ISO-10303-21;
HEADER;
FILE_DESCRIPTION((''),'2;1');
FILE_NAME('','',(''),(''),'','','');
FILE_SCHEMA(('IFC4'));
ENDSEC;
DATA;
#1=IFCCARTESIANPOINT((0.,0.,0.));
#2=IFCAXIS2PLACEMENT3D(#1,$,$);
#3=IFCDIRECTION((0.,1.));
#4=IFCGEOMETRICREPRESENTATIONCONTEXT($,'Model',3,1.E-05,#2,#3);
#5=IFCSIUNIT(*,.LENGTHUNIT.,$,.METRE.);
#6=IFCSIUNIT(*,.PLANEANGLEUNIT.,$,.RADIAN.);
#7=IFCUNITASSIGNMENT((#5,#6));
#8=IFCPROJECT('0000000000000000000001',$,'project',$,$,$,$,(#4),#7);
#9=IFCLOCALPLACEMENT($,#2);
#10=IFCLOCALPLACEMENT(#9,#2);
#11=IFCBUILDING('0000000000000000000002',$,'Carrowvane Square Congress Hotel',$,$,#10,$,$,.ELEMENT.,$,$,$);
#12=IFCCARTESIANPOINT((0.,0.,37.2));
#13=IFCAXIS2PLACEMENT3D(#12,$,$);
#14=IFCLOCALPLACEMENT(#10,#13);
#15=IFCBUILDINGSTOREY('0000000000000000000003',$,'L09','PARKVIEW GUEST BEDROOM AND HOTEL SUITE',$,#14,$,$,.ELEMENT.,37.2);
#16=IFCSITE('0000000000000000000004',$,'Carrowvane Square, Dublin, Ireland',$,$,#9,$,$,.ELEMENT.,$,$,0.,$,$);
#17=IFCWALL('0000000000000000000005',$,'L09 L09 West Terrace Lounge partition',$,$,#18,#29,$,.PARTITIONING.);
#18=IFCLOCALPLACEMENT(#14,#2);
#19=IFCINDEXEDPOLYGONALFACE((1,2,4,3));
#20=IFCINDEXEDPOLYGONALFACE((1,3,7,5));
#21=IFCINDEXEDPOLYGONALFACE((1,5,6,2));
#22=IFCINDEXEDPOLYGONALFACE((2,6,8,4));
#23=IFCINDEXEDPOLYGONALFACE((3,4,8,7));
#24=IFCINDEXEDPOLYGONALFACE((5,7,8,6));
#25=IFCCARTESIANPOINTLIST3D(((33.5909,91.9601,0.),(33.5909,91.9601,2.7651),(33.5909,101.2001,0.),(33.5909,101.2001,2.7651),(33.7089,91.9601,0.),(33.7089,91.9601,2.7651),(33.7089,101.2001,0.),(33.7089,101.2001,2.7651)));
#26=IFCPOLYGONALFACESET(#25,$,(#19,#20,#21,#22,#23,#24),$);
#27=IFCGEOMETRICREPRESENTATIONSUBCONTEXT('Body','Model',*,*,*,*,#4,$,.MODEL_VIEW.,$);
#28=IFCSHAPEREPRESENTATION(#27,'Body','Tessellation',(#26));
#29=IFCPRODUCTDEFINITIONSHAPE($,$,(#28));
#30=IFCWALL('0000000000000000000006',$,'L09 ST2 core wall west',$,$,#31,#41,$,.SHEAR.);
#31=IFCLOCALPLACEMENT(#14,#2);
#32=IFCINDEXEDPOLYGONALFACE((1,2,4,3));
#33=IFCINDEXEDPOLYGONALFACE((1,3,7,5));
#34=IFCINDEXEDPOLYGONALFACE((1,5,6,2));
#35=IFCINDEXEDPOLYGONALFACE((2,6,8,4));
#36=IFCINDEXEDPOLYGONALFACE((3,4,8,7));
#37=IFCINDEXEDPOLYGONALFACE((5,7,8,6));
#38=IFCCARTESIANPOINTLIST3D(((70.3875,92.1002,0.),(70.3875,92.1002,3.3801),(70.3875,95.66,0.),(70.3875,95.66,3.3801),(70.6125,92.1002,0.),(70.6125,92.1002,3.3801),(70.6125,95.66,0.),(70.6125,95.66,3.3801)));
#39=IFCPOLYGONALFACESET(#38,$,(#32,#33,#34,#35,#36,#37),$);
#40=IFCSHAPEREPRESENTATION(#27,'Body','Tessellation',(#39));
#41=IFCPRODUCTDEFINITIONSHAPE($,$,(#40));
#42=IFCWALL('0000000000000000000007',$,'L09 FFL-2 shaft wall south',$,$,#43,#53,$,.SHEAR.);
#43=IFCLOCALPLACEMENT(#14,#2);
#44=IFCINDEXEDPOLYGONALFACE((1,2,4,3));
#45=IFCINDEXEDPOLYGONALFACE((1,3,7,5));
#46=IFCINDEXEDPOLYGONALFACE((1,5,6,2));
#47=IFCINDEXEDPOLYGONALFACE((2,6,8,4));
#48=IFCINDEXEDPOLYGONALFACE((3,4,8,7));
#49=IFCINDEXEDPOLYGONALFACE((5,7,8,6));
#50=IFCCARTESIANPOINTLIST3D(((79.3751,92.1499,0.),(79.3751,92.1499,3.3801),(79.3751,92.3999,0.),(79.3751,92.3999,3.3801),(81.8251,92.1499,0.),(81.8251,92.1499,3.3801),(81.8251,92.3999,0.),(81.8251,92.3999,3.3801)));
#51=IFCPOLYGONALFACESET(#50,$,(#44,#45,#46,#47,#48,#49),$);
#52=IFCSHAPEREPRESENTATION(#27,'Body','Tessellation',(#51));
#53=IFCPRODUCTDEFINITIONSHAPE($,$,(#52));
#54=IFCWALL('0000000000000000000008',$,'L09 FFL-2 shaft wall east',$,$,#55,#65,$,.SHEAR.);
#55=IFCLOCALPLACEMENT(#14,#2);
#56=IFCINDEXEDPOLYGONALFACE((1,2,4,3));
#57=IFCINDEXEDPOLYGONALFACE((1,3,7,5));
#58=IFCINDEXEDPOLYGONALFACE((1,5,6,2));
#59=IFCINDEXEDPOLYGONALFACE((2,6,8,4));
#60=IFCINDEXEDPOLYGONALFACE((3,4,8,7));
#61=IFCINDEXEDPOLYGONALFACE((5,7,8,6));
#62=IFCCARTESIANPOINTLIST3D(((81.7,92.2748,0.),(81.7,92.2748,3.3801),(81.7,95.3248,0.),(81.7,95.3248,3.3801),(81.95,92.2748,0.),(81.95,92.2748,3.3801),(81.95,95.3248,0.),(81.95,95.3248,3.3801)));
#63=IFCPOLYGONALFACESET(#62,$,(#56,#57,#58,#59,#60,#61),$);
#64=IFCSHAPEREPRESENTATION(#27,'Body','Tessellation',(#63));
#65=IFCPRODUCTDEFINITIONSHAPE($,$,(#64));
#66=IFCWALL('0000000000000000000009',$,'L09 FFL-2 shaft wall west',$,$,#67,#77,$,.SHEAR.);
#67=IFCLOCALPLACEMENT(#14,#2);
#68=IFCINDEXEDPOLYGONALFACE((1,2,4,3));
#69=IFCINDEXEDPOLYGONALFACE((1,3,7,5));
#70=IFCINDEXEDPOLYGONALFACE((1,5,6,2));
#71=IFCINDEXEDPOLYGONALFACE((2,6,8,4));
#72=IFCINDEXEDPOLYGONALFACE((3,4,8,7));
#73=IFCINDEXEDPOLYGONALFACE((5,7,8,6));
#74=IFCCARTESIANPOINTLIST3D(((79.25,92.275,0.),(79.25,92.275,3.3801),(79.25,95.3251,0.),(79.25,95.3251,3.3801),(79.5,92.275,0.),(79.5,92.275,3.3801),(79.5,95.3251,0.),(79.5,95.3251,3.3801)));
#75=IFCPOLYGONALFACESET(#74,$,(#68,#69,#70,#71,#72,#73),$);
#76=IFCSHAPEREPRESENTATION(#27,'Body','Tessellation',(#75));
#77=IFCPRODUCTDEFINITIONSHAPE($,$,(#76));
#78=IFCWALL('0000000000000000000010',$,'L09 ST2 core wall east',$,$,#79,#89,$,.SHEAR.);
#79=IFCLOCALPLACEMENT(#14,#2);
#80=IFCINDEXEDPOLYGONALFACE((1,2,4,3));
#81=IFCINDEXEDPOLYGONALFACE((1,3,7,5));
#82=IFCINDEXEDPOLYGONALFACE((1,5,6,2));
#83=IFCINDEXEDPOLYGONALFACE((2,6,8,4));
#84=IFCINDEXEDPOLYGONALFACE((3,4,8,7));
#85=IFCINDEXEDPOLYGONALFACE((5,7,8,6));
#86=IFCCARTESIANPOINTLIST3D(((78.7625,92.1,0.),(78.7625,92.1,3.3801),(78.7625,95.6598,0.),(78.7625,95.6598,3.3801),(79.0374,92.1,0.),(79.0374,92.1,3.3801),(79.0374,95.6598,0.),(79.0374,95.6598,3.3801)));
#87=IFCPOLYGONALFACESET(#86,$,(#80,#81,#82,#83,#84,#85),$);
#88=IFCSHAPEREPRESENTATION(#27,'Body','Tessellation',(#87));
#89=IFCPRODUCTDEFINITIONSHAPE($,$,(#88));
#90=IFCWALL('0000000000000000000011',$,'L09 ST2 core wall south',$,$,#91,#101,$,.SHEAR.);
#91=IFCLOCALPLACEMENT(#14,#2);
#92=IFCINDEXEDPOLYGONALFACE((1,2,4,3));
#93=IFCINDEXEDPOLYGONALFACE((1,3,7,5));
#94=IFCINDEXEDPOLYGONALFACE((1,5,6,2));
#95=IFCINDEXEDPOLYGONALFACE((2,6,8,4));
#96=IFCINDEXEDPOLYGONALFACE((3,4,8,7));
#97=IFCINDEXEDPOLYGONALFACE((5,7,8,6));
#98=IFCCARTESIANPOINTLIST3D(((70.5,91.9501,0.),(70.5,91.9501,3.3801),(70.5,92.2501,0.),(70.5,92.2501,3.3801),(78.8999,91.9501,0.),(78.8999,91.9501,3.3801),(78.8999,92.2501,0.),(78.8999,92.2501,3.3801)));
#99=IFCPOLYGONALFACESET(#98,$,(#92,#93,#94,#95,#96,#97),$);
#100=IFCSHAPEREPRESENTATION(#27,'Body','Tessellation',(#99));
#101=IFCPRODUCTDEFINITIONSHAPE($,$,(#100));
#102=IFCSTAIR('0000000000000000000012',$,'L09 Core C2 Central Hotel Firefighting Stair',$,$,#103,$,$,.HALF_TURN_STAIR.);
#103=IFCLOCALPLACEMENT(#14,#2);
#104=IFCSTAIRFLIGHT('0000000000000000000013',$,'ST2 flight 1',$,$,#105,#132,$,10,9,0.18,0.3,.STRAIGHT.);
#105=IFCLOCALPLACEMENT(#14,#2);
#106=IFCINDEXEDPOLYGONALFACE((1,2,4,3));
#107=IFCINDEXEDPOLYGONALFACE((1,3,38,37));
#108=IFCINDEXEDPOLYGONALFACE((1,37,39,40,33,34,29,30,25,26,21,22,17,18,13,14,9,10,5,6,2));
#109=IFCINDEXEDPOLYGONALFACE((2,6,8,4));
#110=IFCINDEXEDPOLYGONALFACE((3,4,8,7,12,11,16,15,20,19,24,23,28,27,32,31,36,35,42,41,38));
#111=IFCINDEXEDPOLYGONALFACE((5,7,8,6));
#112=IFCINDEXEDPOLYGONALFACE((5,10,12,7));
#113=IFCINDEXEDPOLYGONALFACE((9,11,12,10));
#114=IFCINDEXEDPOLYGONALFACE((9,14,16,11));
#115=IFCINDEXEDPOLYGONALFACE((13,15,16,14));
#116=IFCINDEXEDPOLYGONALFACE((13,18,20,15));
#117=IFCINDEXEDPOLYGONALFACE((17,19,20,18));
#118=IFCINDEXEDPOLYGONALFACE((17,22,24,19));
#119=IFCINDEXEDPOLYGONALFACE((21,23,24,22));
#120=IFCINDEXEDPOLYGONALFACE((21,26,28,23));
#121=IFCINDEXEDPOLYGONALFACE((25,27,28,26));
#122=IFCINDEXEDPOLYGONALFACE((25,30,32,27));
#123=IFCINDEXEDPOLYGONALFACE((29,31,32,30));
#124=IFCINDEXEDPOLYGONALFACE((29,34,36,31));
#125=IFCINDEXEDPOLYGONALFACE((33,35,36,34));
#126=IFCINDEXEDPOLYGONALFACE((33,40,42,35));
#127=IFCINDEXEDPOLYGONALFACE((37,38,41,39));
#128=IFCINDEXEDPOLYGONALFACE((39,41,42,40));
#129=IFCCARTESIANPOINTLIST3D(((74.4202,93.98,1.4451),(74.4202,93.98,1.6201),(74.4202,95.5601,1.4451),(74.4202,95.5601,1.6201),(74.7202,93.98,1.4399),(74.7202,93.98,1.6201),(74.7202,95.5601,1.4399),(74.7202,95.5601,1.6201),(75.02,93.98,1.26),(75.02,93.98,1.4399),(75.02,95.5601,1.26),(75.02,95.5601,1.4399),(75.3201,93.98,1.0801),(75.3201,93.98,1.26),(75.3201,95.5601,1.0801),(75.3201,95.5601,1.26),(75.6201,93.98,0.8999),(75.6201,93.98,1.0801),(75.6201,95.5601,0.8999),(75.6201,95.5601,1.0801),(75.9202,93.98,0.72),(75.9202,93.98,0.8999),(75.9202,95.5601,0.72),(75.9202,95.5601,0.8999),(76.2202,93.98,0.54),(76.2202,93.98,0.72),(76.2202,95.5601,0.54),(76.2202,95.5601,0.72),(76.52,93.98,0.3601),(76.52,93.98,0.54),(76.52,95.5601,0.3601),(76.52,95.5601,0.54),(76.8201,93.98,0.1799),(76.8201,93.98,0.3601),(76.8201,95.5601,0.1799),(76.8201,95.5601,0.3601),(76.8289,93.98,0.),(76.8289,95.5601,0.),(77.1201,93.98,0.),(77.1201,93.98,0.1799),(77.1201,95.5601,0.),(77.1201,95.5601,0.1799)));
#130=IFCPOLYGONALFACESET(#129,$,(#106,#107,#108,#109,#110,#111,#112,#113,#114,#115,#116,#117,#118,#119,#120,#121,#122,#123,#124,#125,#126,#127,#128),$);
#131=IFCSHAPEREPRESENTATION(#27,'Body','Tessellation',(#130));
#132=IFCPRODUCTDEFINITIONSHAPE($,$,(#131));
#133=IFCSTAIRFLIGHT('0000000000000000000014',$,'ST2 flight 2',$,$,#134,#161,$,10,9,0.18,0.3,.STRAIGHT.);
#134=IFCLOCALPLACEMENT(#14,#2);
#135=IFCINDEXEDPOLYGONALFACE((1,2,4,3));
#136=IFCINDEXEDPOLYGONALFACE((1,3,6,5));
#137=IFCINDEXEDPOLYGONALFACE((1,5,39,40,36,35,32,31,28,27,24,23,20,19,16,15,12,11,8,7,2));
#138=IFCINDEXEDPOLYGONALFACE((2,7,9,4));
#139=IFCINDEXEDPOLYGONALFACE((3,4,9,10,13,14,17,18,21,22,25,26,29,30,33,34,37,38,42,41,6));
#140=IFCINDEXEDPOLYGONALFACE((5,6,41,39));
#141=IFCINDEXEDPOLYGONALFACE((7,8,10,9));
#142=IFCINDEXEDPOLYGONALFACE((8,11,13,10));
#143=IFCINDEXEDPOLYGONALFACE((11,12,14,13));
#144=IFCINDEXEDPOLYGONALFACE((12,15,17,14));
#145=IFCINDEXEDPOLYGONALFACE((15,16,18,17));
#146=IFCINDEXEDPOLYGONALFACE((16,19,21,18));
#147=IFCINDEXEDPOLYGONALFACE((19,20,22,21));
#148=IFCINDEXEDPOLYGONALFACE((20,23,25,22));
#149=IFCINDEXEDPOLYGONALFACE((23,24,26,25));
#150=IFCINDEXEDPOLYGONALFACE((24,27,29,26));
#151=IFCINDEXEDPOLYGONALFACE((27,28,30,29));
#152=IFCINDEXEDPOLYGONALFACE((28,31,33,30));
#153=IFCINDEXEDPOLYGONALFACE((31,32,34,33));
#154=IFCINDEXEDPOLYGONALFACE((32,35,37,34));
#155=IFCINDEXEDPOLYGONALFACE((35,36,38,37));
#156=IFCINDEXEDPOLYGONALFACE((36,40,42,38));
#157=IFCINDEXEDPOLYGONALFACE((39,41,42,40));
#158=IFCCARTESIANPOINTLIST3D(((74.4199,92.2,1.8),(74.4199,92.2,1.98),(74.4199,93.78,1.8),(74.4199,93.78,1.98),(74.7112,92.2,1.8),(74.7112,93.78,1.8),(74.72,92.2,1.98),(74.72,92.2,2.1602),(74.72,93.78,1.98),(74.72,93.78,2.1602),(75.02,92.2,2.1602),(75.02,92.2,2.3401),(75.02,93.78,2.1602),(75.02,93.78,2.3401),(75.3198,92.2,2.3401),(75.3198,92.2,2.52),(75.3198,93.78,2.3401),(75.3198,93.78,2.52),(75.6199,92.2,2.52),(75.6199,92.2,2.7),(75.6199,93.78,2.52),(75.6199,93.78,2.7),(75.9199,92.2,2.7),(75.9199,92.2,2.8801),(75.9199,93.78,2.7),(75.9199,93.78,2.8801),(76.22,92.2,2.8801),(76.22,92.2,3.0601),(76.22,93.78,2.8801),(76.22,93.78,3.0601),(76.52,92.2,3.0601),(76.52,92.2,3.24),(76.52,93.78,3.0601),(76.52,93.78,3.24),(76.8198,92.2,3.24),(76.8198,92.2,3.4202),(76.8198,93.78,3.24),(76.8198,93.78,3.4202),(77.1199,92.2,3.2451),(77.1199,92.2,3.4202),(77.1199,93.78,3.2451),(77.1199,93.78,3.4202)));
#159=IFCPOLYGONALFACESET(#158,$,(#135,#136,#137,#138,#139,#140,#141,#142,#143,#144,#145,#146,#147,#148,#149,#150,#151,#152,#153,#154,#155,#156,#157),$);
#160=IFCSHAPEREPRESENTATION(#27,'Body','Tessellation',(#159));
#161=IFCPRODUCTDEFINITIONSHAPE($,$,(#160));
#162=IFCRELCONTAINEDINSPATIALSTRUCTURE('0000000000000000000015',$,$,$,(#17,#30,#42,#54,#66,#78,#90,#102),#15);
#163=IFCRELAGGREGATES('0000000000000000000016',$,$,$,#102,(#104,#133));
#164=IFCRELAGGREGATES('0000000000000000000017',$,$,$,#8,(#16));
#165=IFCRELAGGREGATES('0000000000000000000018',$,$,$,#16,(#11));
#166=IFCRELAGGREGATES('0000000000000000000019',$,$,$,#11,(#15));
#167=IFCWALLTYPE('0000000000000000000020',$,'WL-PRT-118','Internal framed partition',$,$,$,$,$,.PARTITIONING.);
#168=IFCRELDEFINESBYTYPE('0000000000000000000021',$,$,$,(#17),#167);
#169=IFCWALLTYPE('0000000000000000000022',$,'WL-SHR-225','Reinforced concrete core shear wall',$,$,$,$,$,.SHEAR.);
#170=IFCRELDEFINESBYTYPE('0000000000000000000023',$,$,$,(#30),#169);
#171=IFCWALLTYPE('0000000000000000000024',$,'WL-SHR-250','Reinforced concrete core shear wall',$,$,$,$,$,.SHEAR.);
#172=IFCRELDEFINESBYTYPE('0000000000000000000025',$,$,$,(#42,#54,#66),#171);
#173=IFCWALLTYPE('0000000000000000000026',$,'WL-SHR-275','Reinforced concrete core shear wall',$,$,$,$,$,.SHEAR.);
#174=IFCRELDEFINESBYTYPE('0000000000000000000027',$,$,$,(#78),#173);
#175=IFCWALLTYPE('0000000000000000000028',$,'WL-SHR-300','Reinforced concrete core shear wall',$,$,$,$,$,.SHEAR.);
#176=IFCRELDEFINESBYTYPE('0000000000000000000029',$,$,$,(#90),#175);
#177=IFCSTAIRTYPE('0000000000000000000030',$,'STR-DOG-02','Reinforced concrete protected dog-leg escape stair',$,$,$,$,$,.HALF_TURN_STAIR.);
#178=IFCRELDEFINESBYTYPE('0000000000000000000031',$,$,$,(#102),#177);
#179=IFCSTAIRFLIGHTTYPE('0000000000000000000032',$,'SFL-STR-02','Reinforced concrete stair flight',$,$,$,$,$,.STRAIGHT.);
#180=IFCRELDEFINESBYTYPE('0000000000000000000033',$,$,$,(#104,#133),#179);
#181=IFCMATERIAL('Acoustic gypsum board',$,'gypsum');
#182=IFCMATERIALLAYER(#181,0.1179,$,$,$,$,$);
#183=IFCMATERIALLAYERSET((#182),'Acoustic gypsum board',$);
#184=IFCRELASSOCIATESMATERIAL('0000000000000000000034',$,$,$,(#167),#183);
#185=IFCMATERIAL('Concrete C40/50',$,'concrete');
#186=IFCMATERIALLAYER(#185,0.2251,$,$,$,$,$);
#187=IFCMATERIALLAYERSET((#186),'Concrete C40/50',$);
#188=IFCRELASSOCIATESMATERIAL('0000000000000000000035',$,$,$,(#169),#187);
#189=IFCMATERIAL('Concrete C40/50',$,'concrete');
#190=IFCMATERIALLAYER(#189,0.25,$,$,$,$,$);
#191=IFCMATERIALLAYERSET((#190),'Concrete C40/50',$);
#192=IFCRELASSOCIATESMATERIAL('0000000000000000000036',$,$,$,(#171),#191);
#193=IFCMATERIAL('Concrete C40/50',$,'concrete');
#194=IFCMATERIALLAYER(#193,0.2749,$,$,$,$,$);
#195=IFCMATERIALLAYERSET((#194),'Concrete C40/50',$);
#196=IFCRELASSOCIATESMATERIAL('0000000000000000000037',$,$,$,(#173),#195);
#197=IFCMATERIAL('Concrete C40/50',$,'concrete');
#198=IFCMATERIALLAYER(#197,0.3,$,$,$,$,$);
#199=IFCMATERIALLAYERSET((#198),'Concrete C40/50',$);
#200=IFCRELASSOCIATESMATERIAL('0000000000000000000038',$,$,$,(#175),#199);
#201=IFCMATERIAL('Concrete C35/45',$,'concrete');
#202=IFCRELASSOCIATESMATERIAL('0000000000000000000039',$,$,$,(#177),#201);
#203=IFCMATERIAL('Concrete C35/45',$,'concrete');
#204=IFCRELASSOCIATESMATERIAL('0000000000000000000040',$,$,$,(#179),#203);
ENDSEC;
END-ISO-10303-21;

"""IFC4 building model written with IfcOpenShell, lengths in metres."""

from ifc_helpers import new_model, si_unit, direction, frame, frame_2d, origin, place, context, subcontext, project, spatial, polyline, rectangle, outline, extrude, material, layer, layer_set, type_object, element, aggregate, save


model = new_model("IFC4")

# Units and contexts
model_context = context("Model", 3, precision=1e-05, world=origin(), true_north=direction((0.0, 1.0)))
body_context = subcontext(model_context, "Body", "Model", "MODEL_VIEW")
ifc_project = project(units=[si_unit("LENGTHUNIT", "METRE"), si_unit("PLANEANGLEUNIT", "RADIAN")], contexts=[model_context])

# Site, building, storey
site_placement = place(None, origin())
site = spatial("IfcSite", under=ifc_project, at=site_placement, Name="Carrowvane Square, Dublin, Ireland", CompositionType="ELEMENT", RefElevation=0.0)
building_placement = place(site_placement, origin())
building = spatial("IfcBuilding", under=site, at=building_placement, Name="Carrowvane Square Congress Hotel", CompositionType="ELEMENT")
storey_placement = place(building_placement, frame((0.0, 0.0, 37.2)))
storey = spatial("IfcBuildingStorey", under=building, at=storey_placement, Name="L09", Description="PARKVIEW GUEST BEDROOM AND HOTEL SUITE", CompositionType="ELEMENT", Elevation=37.2)

# Walls
ifc_material_1 = material(Name="Acoustic gypsum board", Category="gypsum")
ifc_layer_1 = layer(ifc_material_1, 0.1179)
ifc_layer_set_1 = layer_set([ifc_layer_1], Name="Acoustic gypsum board")
wall_type_1 = type_object("IfcWallType", Name="WL-PRT-118", Description="Internal framed partition", PredefinedType="PARTITIONING", material=ifc_layer_set_1)
wall_1_placement = place(storey_placement, frame((33.6499, 91.96, 0.0), z_axis=(0.0, 0.0, 1.0), x_axis=(0.0, 1.0, 0.0)))
element("IfcWall", 1, at=wall_1_placement, inside=storey, type_object=wall_type_1, Name="L09 L09 West Terrace Lounge partition", PredefinedType="PARTITIONING", context=body_context, shape_type="SweptSolid", body=[
    extrude(rectangle(XDim=9.24, YDim=0.1179, at=frame_2d((4.6201, 0.0))), origin(), (0.0, 0.0, 1.0), 2.7651),
])
ifc_material_2 = material(Name="Concrete C40/50", Category="concrete")
ifc_layer_2 = layer(ifc_material_2, 0.2251)
ifc_layer_set_2 = layer_set([ifc_layer_2], Name="Concrete C40/50")
wall_type_2 = type_object("IfcWallType", Name="WL-SHR-225", Description="Reinforced concrete core shear wall", PredefinedType="SHEAR", material=ifc_layer_set_2)
wall_2_placement = place(storey_placement, frame((70.5, 95.6599, 0.0), z_axis=(0.0, 0.0, 1.0), x_axis=(0.0, -1.0, 0.0)))
element("IfcWall", 2, at=wall_2_placement, inside=storey, type_object=wall_type_2, Name="L09 ST2 core wall west", PredefinedType="SHEAR", context=body_context, shape_type="SweptSolid", body=[
    extrude(rectangle(XDim=3.5598, YDim=0.2251, at=frame_2d((1.7798, 0.0))), origin(), (0.0, 0.0, 1.0), 3.3801),
])
ifc_material_3 = material(Name="Concrete C40/50", Category="concrete")
ifc_layer_3 = layer(ifc_material_3, 0.25)
ifc_layer_set_3 = layer_set([ifc_layer_3], Name="Concrete C40/50")
wall_type_3 = type_object("IfcWallType", Name="WL-SHR-250", Description="Reinforced concrete core shear wall", PredefinedType="SHEAR", material=ifc_layer_set_3)
wall_3_placement = place(storey_placement, frame((79.375, 92.2749, 0.0), z_axis=(0.0, 0.0, 1.0), x_axis=(1.0, 0.0, 0.0)))
element("IfcWall", 3, at=wall_3_placement, inside=storey, type_object=wall_type_3, Name="L09 FFL-2 shaft wall south", PredefinedType="SHEAR", context=body_context, shape_type="SweptSolid", body=[
    extrude(rectangle(XDim=2.45, YDim=0.25, at=frame_2d((1.2251, 0.0))), origin(), (0.0, 0.0, 1.0), 3.3801),
])
wall_4_placement = place(storey_placement, frame((81.825, 92.2749, 0.0), z_axis=(0.0, 0.0, 1.0), x_axis=(0.0, 1.0, 0.0)))
element("IfcWall", 4, at=wall_4_placement, inside=storey, type_object=wall_type_3, Name="L09 FFL-2 shaft wall east", PredefinedType="SHEAR", context=body_context, shape_type="SweptSolid", body=[
    extrude(rectangle(XDim=3.05, YDim=0.25, at=frame_2d((1.5249, 0.0))), origin(), (0.0, 0.0, 1.0), 3.3801),
])

# Walls
wall_5_placement = place(storey_placement, frame((79.375, 95.325, 0.0), z_axis=(0.0, 0.0, 1.0), x_axis=(0.0, -1.0, 0.0)))
element("IfcWall", 5, at=wall_5_placement, inside=storey, type_object=wall_type_3, Name="L09 FFL-2 shaft wall west", PredefinedType="SHEAR", context=body_context, shape_type="SweptSolid", body=[
    extrude(rectangle(XDim=3.05, YDim=0.25, at=frame_2d((1.5249, 0.0))), origin(), (0.0, 0.0, 1.0), 3.3801),
])
ifc_material_4 = material(Name="Concrete C40/50", Category="concrete")
ifc_layer_4 = layer(ifc_material_4, 0.2749)
ifc_layer_set_4 = layer_set([ifc_layer_4], Name="Concrete C40/50")
wall_type_4 = type_object("IfcWallType", Name="WL-SHR-275", Description="Reinforced concrete core shear wall", PredefinedType="SHEAR", material=ifc_layer_set_4)
wall_6_placement = place(storey_placement, frame((78.8999, 92.1001, 0.0), z_axis=(0.0, 0.0, 1.0), x_axis=(0.0, 1.0, 0.0)))
element("IfcWall", 6, at=wall_6_placement, inside=storey, type_object=wall_type_4, Name="L09 ST2 core wall east", PredefinedType="SHEAR", context=body_context, shape_type="SweptSolid", body=[
    extrude(rectangle(XDim=3.5598, YDim=0.2749, at=frame_2d((1.7798, 0.0))), origin(), (0.0, 0.0, 1.0), 3.3801),
])
ifc_material_5 = material(Name="Concrete C40/50", Category="concrete")
ifc_layer_5 = layer(ifc_material_5, 0.3)
ifc_layer_set_5 = layer_set([ifc_layer_5], Name="Concrete C40/50")
wall_type_5 = type_object("IfcWallType", Name="WL-SHR-300", Description="Reinforced concrete core shear wall", PredefinedType="SHEAR", material=ifc_layer_set_5)
wall_7_placement = place(storey_placement, frame((70.5, 92.1001, 0.0), z_axis=(0.0, 0.0, 1.0), x_axis=(1.0, 0.0, 0.0)))
element("IfcWall", 7, at=wall_7_placement, inside=storey, type_object=wall_type_5, Name="L09 ST2 core wall south", PredefinedType="SHEAR", context=body_context, shape_type="SweptSolid", body=[
    extrude(rectangle(XDim=8.3999, YDim=0.3, at=frame_2d((4.2, 0.0))), origin(), (0.0, 0.0, 1.0), 3.3801),
])

# Stair, stair flights
ifc_material_6 = material(Name="Concrete C35/45", Category="concrete")
stair_type = type_object("IfcStairType", Name="STR-DOG-02", Description="Reinforced concrete protected dog-leg escape stair", PredefinedType="HALF_TURN_STAIR", material=ifc_material_6)
stair_placement = place(storey_placement, origin())
stair = element("IfcStair", 8, at=stair_placement, inside=storey, type_object=stair_type, Name="L09 Core C2 Central Hotel Firefighting Stair", PredefinedType="HALF_TURN_STAIR")
ifc_material_7 = material(Name="Concrete C35/45", Category="concrete")
stair_flight_type = type_object("IfcStairFlightType", Name="SFL-STR-02", Description="Reinforced concrete stair flight", PredefinedType="STRAIGHT", material=ifc_material_7)
stair_flight_1_placement = place(storey_placement, frame((77.1201, 94.77, 0.0), z_axis=(0.0, 0.0, 1.0), x_axis=(-1.0, 0.0, 0.0)))
stair_flight_1 = element("IfcStairFlight", 9, at=stair_flight_1_placement, type_object=stair_flight_type, Name="ST2 flight 1", NumberOfRisers=10, NumberOfTreads=9, PredefinedType="STRAIGHT", RiserHeight=0.18, TreadLength=0.3, context=body_context, shape_type="SweptSolid", body=[
    extrude(outline(polyline([(0.0, 0.0), (0.0, 0.1799), (0.3, 0.1799), (0.3, 0.3601), (0.6001, 0.3601), (0.6001, 0.54), (0.8999, 0.54), (0.8999, 0.72), (1.2, 0.72), (1.2, 0.8999), (1.5, 0.8999), (1.5, 1.0801), (1.8, 1.0801), (1.8, 1.26), (2.1001, 1.26), (2.1001, 1.4399), (2.3999, 1.4399), (2.3999, 1.6201), (2.7, 1.6201), (2.7, 1.8), (2.7, 1.4451), (0.2913, 0.0), (0.0, 0.0)])), frame((0.0, 0.79, 0.0), z_axis=(0.0, -1.0, 0.0), x_axis=(1.0, 0.0, 0.0)), (0.0, 0.0, 1.0), 1.5801),
])
stair_flight_2_placement = place(storey_placement, frame((74.4199, 92.99, 1.8), z_axis=(0.0, 0.0, 1.0), x_axis=(1.0, 0.0, 0.0)))
stair_flight_2 = element("IfcStairFlight", 10, at=stair_flight_2_placement, type_object=stair_flight_type, Name="ST2 flight 2", NumberOfRisers=10, NumberOfTreads=9, PredefinedType="STRAIGHT", RiserHeight=0.18, TreadLength=0.3, context=body_context, shape_type="SweptSolid", body=[
    extrude(outline(polyline([(0.0, 0.0), (0.0, 0.1799), (0.3, 0.1799), (0.3, 0.3601), (0.6001, 0.3601), (0.6001, 0.54), (0.8999, 0.54), (0.8999, 0.72), (1.2, 0.72), (1.2, 0.8999), (1.5, 0.8999), (1.5, 1.0801), (1.8, 1.0801), (1.8, 1.26), (2.1001, 1.26), (2.1001, 1.4399), (2.3999, 1.4399), (2.3999, 1.6201), (2.7, 1.6201), (2.7, 1.8), (2.7, 1.4451), (0.2913, 0.0), (0.0, 0.0)])), frame((0.0, 0.79, 0.0), z_axis=(0.0, -1.0, 0.0), x_axis=(1.0, 0.0, 0.0)), (0.0, 0.0, 1.0), 1.5801),
])
aggregate(stair, [stair_flight_1, stair_flight_2])

save(model, "model.ifc")
